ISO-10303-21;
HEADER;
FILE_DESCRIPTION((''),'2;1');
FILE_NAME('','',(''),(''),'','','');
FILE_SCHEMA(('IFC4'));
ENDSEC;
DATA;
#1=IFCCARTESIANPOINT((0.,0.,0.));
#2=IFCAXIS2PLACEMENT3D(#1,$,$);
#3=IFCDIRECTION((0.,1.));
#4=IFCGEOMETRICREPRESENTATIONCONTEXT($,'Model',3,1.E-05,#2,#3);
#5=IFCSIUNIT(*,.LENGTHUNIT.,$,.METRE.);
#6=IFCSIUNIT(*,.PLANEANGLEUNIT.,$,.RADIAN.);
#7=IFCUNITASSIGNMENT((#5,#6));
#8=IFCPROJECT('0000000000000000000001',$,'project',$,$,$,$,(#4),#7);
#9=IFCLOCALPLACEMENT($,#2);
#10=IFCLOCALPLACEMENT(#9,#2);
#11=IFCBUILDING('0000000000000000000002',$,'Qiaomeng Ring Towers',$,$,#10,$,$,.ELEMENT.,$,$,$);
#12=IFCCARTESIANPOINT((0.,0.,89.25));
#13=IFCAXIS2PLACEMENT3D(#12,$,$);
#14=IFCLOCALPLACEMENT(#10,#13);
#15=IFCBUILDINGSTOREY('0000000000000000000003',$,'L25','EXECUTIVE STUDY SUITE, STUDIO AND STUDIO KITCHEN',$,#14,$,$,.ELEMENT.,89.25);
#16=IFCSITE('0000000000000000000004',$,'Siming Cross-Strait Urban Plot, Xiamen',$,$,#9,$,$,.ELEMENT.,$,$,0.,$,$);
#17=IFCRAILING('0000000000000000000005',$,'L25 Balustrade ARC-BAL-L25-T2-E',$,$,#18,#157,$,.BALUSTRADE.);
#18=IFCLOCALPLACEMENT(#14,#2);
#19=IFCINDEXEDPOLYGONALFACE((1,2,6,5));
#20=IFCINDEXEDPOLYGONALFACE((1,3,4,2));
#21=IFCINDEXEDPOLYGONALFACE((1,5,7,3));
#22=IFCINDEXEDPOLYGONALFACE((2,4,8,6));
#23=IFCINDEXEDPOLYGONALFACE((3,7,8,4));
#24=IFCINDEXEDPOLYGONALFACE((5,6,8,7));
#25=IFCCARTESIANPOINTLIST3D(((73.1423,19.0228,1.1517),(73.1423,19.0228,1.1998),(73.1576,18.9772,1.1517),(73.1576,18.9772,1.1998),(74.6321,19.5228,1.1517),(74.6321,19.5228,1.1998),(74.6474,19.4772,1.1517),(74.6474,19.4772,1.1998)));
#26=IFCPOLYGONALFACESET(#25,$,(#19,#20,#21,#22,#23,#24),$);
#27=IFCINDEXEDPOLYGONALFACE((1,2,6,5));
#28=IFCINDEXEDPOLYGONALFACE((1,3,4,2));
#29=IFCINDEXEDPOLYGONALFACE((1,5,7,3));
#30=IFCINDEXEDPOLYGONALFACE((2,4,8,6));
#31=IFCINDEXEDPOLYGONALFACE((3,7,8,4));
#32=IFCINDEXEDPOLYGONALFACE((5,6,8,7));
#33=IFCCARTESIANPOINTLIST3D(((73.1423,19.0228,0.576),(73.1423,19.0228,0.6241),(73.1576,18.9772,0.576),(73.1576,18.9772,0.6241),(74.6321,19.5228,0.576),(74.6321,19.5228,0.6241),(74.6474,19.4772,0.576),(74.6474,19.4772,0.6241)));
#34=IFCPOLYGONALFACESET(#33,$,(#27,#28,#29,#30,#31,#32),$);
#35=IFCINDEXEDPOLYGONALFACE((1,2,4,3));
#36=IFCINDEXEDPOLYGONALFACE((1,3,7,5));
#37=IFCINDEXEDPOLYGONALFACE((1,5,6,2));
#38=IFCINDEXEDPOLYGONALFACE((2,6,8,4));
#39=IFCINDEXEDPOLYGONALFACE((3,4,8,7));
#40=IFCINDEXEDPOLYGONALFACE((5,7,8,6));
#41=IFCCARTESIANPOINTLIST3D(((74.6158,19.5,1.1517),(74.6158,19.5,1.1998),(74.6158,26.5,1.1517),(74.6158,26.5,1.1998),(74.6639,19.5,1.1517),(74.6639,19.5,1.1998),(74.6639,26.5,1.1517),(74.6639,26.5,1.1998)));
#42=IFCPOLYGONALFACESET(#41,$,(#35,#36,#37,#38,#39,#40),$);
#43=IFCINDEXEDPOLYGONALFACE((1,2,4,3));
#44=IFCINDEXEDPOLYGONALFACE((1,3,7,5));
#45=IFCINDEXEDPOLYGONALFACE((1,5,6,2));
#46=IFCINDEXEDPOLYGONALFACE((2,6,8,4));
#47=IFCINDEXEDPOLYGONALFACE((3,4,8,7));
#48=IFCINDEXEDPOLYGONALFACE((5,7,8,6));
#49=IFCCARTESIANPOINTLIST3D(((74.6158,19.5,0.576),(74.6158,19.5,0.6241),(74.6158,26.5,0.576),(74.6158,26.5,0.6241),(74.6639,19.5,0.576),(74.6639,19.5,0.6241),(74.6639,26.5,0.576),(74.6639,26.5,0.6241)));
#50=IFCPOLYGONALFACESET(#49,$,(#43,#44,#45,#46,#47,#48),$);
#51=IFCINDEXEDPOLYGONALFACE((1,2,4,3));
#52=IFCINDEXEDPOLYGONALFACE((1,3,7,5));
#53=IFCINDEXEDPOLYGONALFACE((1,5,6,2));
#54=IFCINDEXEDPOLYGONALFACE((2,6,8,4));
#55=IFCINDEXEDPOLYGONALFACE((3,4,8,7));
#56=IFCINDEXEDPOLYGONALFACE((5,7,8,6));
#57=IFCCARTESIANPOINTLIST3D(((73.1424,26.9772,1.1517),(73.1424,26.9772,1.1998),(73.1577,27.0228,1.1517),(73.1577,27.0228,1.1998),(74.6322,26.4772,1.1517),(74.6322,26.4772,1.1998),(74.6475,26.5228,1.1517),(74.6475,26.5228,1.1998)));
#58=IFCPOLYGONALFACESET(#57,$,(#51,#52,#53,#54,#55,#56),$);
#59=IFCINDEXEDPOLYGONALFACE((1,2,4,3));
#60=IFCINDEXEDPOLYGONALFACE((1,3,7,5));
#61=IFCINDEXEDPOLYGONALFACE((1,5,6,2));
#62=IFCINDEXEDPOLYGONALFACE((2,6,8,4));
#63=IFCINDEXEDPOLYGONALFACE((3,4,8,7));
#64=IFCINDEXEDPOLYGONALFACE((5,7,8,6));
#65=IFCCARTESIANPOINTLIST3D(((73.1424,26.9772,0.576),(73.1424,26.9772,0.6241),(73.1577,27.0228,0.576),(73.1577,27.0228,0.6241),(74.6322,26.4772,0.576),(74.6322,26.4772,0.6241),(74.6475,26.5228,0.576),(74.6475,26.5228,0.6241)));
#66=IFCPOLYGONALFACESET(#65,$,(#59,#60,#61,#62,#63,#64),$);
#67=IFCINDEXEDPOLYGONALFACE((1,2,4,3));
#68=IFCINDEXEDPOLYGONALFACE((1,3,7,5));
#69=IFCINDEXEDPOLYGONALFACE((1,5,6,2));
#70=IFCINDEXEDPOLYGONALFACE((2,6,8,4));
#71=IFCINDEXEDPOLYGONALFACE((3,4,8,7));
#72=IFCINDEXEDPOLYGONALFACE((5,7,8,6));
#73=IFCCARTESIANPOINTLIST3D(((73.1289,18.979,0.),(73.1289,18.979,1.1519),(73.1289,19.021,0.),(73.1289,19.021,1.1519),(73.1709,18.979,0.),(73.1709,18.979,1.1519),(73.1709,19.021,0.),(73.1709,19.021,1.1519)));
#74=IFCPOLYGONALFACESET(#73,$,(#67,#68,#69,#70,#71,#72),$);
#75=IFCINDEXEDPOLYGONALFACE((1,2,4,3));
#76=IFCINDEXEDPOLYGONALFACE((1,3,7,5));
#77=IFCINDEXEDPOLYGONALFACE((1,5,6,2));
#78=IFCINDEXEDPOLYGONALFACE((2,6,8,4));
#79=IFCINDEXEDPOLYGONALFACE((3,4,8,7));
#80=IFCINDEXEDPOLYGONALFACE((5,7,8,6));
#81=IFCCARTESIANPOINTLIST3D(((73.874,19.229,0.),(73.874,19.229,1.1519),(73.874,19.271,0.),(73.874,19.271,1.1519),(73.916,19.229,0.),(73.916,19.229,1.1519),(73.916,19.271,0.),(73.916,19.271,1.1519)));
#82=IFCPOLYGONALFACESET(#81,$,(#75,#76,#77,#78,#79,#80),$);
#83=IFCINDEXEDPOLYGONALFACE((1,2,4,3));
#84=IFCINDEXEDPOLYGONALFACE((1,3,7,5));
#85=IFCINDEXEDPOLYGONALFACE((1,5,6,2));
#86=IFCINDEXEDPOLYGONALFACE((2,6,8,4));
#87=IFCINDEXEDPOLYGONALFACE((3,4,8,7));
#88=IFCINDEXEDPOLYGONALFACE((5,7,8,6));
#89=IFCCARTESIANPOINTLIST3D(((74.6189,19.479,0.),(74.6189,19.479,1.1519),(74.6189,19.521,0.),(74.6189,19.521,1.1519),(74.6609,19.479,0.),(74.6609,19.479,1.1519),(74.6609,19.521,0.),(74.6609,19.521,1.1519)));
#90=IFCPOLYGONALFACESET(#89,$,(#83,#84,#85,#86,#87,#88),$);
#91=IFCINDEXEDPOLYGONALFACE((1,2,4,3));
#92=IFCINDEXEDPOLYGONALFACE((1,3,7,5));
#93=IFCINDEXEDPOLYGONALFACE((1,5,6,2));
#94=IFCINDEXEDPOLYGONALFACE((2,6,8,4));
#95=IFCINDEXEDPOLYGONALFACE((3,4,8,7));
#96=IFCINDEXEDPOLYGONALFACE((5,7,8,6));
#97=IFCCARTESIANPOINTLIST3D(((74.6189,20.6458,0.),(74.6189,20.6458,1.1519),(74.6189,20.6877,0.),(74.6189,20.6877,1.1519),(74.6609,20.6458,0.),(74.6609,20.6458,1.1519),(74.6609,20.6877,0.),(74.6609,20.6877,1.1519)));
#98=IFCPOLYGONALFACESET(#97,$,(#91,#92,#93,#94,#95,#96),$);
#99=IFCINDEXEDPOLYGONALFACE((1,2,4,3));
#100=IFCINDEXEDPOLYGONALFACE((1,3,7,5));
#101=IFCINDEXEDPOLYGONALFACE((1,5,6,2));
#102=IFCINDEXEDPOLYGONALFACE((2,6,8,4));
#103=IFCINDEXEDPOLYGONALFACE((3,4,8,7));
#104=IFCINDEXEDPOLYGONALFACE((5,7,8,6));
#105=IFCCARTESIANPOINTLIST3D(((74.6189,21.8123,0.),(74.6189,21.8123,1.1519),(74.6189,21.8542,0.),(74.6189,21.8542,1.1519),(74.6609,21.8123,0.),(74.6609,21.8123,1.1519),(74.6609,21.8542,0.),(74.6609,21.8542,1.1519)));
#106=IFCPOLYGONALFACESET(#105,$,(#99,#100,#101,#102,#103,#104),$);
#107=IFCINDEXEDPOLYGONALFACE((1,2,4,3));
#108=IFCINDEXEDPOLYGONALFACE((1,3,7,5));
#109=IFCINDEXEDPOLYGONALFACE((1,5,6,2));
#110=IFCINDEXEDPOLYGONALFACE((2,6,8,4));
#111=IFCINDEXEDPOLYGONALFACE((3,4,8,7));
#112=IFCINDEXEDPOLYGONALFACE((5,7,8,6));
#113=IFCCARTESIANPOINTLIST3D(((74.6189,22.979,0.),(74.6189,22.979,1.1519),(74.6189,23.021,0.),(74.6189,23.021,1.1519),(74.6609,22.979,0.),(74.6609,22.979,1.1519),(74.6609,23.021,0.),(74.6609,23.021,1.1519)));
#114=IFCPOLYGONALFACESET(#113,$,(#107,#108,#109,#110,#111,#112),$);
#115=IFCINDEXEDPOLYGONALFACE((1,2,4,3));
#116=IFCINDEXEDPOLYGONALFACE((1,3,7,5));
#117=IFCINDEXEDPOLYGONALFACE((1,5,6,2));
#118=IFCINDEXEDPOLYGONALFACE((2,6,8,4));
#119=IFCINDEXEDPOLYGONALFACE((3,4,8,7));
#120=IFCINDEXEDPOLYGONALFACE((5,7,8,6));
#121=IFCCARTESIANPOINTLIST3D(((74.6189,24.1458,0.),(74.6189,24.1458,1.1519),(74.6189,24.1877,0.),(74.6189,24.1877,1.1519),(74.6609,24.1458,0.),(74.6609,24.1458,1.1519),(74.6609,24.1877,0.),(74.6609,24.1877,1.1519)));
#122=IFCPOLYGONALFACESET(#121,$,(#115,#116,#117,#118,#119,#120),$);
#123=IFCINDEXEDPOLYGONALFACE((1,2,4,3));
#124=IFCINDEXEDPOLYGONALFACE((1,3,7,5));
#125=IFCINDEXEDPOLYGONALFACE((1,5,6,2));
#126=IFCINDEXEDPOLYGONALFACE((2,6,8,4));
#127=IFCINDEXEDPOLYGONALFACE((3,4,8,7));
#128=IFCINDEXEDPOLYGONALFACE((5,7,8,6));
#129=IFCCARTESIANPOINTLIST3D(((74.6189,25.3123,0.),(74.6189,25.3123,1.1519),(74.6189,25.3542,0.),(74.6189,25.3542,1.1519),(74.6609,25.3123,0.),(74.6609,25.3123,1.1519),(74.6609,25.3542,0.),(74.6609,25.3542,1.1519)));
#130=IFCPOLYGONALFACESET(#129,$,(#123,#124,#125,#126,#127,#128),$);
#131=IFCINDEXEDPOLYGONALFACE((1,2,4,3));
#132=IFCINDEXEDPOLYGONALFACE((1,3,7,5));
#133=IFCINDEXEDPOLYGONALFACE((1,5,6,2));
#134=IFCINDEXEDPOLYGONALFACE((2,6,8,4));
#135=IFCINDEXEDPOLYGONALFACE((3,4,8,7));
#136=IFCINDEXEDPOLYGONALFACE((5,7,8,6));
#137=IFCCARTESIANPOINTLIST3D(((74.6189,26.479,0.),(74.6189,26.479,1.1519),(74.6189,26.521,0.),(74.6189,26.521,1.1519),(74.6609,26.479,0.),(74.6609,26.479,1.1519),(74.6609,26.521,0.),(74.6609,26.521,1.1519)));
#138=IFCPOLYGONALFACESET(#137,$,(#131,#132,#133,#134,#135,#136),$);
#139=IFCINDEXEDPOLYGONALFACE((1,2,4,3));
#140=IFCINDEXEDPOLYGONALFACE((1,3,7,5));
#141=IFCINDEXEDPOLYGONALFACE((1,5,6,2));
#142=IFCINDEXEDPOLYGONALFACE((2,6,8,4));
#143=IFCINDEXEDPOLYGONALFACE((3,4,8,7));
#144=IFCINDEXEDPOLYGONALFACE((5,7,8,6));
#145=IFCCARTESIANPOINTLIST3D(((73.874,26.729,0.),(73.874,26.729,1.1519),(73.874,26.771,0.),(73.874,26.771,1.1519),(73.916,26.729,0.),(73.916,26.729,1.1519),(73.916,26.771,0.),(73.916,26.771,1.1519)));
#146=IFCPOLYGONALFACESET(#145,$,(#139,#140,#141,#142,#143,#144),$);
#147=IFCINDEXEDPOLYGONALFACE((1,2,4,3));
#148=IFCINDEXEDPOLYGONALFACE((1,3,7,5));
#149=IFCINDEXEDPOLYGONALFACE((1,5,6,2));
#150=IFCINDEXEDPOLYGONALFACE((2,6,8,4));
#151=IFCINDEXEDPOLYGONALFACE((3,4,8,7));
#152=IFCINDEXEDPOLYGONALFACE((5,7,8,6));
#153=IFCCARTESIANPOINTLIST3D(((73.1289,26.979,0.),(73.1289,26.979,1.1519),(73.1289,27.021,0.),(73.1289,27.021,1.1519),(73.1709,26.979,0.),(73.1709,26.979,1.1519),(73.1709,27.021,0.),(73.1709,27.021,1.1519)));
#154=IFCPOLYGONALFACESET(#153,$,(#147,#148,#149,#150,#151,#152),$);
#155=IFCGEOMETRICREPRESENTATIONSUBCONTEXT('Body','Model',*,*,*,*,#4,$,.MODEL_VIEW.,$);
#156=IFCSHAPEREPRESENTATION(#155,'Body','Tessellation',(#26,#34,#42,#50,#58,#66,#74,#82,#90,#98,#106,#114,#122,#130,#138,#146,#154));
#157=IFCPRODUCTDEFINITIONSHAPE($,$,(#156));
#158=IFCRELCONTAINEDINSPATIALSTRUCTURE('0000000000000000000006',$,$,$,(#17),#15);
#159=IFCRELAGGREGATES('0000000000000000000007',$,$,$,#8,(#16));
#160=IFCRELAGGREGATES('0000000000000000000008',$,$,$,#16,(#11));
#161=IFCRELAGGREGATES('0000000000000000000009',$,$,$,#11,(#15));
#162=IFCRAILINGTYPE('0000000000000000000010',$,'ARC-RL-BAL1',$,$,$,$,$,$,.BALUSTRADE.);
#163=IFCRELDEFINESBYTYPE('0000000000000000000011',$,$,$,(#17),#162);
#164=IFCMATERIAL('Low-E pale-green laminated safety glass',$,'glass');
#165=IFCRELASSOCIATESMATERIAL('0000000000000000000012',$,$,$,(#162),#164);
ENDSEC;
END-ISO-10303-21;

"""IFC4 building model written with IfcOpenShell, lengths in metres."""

from ifc_helpers import new_model, si_unit, direction, frame, origin, origin_2d, place, context, subcontext, project, spatial, rectangle, extrude, material, type_object, element, save


model = new_model("IFC4")

# Units and contexts
model_context = context("Model", 3, precision=1e-05, world=origin(), true_north=direction((0.0, 1.0)))
body_context = subcontext(model_context, "Body", "Model", "MODEL_VIEW")
ifc_project = project(units=[si_unit("LENGTHUNIT", "METRE"), si_unit("PLANEANGLEUNIT", "RADIAN")], contexts=[model_context])

# Site, building, storey
site_placement = place(None, origin())
site = spatial("IfcSite", under=ifc_project, at=site_placement, Name="Siming Cross-Strait Urban Plot, Xiamen", CompositionType="ELEMENT", RefElevation=0.0)
building_placement = place(site_placement, origin())
building = spatial("IfcBuilding", under=site, at=building_placement, Name="Qiaomeng Ring Towers", CompositionType="ELEMENT")
storey_placement = place(building_placement, frame((0.0, 0.0, 89.25)))
storey = spatial("IfcBuildingStorey", under=building, at=storey_placement, Name="L25", Description="EXECUTIVE STUDY SUITE, STUDIO AND STUDIO KITCHEN", CompositionType="ELEMENT", Elevation=89.25)

# Railing
ifc_material_1 = material(Name="Low-E pale-green laminated safety glass", Category="glass")
railing_type = type_object("IfcRailingType", Name="ARC-RL-BAL1", PredefinedType="BALUSTRADE", material=ifc_material_1)
railing_placement = place(storey_placement, frame((73.1499, 19.0, 0.0)))
element("IfcRailing", 1, at=railing_placement, inside=storey, type_object=railing_type, Name="L25 Balustrade ARC-BAL-L25-T2-E", PredefinedType="BALUSTRADE", context=body_context, shape_type="SweptSolid", body=[
    extrude(rectangle(XDim=0.0481, YDim=0.0481, at=origin_2d()), frame((0.0, 0.0, 1.1758), z_axis=(0.948044, 0.318138, 0.0), x_axis=(-0.318138, 0.948044, 0.0)), (0.0, 0.0, 1.0), 1.5715),
    extrude(rectangle(XDim=0.0481, YDim=0.0481, at=origin_2d()), frame((0.0, 0.0, 0.6001), z_axis=(0.948044, 0.318138, 0.0), x_axis=(-0.318138, 0.948044, 0.0)), (0.0, 0.0, 1.0), 1.5715),
    extrude(rectangle(XDim=0.0481, YDim=0.0481, at=origin_2d()), frame((1.49, 0.5, 1.1758), z_axis=(0.0, 1.0, 0.0), x_axis=(-1.0, 0.0, 0.0)), (0.0, 0.0, 1.0), 7.0),
    extrude(rectangle(XDim=0.0481, YDim=0.0481, at=origin_2d()), frame((1.49, 0.5, 0.6001), z_axis=(0.0, 1.0, 0.0), x_axis=(-1.0, 0.0, 0.0)), (0.0, 0.0, 1.0), 7.0),
    extrude(rectangle(XDim=0.0481, YDim=0.0481, at=origin_2d()), frame((1.49, 7.5, 1.1758), z_axis=(-0.948044, 0.318138, 0.0), x_axis=(-0.318138, -0.948044, 0.0)), (0.0, 0.0, 1.0), 1.5715),
    extrude(rectangle(XDim=0.0481, YDim=0.0481, at=origin_2d()), frame((1.49, 7.5, 0.6001), z_axis=(-0.948044, 0.318138, 0.0), x_axis=(-0.318138, -0.948044, 0.0)), (0.0, 0.0, 1.0), 1.5715),
    extrude(rectangle(XDim=0.042, YDim=0.042, at=origin_2d()), origin(), (0.0, 0.0, 1.0), 1.1519),
    extrude(rectangle(XDim=0.042, YDim=0.042, at=origin_2d()), frame((0.7451, 0.25, 0.0)), (0.0, 0.0, 1.0), 1.1519),
    extrude(rectangle(XDim=0.042, YDim=0.042, at=origin_2d()), frame((1.49, 0.5, 0.0)), (0.0, 0.0, 1.0), 1.1519),
    extrude(rectangle(XDim=0.042, YDim=0.042, at=origin_2d()), frame((1.49, 1.6667, 0.0)), (0.0, 0.0, 1.0), 1.1519),
    extrude(rectangle(XDim=0.042, YDim=0.042, at=origin_2d()), frame((1.49, 2.8333, 0.0)), (0.0, 0.0, 1.0), 1.1519),
    extrude(rectangle(XDim=0.042, YDim=0.042, at=origin_2d()), frame((1.49, 4.0, 0.0)), (0.0, 0.0, 1.0), 1.1519),
    extrude(rectangle(XDim=0.042, YDim=0.042, at=origin_2d()), frame((1.49, 5.1667, 0.0)), (0.0, 0.0, 1.0), 1.1519),
    extrude(rectangle(XDim=0.042, YDim=0.042, at=origin_2d()), frame((1.49, 6.3333, 0.0)), (0.0, 0.0, 1.0), 1.1519),
    extrude(rectangle(XDim=0.042, YDim=0.042, at=origin_2d()), frame((1.49, 7.5, 0.0)), (0.0, 0.0, 1.0), 1.1519),
    extrude(rectangle(XDim=0.042, YDim=0.042, at=origin_2d()), frame((0.7451, 7.75, 0.0)), (0.0, 0.0, 1.0), 1.1519),
    extrude(rectangle(XDim=0.042, YDim=0.042, at=origin_2d()), frame((0.0, 8.0, 0.0)), (0.0, 0.0, 1.0), 1.1519),
])

save(model, "model.ifc")
